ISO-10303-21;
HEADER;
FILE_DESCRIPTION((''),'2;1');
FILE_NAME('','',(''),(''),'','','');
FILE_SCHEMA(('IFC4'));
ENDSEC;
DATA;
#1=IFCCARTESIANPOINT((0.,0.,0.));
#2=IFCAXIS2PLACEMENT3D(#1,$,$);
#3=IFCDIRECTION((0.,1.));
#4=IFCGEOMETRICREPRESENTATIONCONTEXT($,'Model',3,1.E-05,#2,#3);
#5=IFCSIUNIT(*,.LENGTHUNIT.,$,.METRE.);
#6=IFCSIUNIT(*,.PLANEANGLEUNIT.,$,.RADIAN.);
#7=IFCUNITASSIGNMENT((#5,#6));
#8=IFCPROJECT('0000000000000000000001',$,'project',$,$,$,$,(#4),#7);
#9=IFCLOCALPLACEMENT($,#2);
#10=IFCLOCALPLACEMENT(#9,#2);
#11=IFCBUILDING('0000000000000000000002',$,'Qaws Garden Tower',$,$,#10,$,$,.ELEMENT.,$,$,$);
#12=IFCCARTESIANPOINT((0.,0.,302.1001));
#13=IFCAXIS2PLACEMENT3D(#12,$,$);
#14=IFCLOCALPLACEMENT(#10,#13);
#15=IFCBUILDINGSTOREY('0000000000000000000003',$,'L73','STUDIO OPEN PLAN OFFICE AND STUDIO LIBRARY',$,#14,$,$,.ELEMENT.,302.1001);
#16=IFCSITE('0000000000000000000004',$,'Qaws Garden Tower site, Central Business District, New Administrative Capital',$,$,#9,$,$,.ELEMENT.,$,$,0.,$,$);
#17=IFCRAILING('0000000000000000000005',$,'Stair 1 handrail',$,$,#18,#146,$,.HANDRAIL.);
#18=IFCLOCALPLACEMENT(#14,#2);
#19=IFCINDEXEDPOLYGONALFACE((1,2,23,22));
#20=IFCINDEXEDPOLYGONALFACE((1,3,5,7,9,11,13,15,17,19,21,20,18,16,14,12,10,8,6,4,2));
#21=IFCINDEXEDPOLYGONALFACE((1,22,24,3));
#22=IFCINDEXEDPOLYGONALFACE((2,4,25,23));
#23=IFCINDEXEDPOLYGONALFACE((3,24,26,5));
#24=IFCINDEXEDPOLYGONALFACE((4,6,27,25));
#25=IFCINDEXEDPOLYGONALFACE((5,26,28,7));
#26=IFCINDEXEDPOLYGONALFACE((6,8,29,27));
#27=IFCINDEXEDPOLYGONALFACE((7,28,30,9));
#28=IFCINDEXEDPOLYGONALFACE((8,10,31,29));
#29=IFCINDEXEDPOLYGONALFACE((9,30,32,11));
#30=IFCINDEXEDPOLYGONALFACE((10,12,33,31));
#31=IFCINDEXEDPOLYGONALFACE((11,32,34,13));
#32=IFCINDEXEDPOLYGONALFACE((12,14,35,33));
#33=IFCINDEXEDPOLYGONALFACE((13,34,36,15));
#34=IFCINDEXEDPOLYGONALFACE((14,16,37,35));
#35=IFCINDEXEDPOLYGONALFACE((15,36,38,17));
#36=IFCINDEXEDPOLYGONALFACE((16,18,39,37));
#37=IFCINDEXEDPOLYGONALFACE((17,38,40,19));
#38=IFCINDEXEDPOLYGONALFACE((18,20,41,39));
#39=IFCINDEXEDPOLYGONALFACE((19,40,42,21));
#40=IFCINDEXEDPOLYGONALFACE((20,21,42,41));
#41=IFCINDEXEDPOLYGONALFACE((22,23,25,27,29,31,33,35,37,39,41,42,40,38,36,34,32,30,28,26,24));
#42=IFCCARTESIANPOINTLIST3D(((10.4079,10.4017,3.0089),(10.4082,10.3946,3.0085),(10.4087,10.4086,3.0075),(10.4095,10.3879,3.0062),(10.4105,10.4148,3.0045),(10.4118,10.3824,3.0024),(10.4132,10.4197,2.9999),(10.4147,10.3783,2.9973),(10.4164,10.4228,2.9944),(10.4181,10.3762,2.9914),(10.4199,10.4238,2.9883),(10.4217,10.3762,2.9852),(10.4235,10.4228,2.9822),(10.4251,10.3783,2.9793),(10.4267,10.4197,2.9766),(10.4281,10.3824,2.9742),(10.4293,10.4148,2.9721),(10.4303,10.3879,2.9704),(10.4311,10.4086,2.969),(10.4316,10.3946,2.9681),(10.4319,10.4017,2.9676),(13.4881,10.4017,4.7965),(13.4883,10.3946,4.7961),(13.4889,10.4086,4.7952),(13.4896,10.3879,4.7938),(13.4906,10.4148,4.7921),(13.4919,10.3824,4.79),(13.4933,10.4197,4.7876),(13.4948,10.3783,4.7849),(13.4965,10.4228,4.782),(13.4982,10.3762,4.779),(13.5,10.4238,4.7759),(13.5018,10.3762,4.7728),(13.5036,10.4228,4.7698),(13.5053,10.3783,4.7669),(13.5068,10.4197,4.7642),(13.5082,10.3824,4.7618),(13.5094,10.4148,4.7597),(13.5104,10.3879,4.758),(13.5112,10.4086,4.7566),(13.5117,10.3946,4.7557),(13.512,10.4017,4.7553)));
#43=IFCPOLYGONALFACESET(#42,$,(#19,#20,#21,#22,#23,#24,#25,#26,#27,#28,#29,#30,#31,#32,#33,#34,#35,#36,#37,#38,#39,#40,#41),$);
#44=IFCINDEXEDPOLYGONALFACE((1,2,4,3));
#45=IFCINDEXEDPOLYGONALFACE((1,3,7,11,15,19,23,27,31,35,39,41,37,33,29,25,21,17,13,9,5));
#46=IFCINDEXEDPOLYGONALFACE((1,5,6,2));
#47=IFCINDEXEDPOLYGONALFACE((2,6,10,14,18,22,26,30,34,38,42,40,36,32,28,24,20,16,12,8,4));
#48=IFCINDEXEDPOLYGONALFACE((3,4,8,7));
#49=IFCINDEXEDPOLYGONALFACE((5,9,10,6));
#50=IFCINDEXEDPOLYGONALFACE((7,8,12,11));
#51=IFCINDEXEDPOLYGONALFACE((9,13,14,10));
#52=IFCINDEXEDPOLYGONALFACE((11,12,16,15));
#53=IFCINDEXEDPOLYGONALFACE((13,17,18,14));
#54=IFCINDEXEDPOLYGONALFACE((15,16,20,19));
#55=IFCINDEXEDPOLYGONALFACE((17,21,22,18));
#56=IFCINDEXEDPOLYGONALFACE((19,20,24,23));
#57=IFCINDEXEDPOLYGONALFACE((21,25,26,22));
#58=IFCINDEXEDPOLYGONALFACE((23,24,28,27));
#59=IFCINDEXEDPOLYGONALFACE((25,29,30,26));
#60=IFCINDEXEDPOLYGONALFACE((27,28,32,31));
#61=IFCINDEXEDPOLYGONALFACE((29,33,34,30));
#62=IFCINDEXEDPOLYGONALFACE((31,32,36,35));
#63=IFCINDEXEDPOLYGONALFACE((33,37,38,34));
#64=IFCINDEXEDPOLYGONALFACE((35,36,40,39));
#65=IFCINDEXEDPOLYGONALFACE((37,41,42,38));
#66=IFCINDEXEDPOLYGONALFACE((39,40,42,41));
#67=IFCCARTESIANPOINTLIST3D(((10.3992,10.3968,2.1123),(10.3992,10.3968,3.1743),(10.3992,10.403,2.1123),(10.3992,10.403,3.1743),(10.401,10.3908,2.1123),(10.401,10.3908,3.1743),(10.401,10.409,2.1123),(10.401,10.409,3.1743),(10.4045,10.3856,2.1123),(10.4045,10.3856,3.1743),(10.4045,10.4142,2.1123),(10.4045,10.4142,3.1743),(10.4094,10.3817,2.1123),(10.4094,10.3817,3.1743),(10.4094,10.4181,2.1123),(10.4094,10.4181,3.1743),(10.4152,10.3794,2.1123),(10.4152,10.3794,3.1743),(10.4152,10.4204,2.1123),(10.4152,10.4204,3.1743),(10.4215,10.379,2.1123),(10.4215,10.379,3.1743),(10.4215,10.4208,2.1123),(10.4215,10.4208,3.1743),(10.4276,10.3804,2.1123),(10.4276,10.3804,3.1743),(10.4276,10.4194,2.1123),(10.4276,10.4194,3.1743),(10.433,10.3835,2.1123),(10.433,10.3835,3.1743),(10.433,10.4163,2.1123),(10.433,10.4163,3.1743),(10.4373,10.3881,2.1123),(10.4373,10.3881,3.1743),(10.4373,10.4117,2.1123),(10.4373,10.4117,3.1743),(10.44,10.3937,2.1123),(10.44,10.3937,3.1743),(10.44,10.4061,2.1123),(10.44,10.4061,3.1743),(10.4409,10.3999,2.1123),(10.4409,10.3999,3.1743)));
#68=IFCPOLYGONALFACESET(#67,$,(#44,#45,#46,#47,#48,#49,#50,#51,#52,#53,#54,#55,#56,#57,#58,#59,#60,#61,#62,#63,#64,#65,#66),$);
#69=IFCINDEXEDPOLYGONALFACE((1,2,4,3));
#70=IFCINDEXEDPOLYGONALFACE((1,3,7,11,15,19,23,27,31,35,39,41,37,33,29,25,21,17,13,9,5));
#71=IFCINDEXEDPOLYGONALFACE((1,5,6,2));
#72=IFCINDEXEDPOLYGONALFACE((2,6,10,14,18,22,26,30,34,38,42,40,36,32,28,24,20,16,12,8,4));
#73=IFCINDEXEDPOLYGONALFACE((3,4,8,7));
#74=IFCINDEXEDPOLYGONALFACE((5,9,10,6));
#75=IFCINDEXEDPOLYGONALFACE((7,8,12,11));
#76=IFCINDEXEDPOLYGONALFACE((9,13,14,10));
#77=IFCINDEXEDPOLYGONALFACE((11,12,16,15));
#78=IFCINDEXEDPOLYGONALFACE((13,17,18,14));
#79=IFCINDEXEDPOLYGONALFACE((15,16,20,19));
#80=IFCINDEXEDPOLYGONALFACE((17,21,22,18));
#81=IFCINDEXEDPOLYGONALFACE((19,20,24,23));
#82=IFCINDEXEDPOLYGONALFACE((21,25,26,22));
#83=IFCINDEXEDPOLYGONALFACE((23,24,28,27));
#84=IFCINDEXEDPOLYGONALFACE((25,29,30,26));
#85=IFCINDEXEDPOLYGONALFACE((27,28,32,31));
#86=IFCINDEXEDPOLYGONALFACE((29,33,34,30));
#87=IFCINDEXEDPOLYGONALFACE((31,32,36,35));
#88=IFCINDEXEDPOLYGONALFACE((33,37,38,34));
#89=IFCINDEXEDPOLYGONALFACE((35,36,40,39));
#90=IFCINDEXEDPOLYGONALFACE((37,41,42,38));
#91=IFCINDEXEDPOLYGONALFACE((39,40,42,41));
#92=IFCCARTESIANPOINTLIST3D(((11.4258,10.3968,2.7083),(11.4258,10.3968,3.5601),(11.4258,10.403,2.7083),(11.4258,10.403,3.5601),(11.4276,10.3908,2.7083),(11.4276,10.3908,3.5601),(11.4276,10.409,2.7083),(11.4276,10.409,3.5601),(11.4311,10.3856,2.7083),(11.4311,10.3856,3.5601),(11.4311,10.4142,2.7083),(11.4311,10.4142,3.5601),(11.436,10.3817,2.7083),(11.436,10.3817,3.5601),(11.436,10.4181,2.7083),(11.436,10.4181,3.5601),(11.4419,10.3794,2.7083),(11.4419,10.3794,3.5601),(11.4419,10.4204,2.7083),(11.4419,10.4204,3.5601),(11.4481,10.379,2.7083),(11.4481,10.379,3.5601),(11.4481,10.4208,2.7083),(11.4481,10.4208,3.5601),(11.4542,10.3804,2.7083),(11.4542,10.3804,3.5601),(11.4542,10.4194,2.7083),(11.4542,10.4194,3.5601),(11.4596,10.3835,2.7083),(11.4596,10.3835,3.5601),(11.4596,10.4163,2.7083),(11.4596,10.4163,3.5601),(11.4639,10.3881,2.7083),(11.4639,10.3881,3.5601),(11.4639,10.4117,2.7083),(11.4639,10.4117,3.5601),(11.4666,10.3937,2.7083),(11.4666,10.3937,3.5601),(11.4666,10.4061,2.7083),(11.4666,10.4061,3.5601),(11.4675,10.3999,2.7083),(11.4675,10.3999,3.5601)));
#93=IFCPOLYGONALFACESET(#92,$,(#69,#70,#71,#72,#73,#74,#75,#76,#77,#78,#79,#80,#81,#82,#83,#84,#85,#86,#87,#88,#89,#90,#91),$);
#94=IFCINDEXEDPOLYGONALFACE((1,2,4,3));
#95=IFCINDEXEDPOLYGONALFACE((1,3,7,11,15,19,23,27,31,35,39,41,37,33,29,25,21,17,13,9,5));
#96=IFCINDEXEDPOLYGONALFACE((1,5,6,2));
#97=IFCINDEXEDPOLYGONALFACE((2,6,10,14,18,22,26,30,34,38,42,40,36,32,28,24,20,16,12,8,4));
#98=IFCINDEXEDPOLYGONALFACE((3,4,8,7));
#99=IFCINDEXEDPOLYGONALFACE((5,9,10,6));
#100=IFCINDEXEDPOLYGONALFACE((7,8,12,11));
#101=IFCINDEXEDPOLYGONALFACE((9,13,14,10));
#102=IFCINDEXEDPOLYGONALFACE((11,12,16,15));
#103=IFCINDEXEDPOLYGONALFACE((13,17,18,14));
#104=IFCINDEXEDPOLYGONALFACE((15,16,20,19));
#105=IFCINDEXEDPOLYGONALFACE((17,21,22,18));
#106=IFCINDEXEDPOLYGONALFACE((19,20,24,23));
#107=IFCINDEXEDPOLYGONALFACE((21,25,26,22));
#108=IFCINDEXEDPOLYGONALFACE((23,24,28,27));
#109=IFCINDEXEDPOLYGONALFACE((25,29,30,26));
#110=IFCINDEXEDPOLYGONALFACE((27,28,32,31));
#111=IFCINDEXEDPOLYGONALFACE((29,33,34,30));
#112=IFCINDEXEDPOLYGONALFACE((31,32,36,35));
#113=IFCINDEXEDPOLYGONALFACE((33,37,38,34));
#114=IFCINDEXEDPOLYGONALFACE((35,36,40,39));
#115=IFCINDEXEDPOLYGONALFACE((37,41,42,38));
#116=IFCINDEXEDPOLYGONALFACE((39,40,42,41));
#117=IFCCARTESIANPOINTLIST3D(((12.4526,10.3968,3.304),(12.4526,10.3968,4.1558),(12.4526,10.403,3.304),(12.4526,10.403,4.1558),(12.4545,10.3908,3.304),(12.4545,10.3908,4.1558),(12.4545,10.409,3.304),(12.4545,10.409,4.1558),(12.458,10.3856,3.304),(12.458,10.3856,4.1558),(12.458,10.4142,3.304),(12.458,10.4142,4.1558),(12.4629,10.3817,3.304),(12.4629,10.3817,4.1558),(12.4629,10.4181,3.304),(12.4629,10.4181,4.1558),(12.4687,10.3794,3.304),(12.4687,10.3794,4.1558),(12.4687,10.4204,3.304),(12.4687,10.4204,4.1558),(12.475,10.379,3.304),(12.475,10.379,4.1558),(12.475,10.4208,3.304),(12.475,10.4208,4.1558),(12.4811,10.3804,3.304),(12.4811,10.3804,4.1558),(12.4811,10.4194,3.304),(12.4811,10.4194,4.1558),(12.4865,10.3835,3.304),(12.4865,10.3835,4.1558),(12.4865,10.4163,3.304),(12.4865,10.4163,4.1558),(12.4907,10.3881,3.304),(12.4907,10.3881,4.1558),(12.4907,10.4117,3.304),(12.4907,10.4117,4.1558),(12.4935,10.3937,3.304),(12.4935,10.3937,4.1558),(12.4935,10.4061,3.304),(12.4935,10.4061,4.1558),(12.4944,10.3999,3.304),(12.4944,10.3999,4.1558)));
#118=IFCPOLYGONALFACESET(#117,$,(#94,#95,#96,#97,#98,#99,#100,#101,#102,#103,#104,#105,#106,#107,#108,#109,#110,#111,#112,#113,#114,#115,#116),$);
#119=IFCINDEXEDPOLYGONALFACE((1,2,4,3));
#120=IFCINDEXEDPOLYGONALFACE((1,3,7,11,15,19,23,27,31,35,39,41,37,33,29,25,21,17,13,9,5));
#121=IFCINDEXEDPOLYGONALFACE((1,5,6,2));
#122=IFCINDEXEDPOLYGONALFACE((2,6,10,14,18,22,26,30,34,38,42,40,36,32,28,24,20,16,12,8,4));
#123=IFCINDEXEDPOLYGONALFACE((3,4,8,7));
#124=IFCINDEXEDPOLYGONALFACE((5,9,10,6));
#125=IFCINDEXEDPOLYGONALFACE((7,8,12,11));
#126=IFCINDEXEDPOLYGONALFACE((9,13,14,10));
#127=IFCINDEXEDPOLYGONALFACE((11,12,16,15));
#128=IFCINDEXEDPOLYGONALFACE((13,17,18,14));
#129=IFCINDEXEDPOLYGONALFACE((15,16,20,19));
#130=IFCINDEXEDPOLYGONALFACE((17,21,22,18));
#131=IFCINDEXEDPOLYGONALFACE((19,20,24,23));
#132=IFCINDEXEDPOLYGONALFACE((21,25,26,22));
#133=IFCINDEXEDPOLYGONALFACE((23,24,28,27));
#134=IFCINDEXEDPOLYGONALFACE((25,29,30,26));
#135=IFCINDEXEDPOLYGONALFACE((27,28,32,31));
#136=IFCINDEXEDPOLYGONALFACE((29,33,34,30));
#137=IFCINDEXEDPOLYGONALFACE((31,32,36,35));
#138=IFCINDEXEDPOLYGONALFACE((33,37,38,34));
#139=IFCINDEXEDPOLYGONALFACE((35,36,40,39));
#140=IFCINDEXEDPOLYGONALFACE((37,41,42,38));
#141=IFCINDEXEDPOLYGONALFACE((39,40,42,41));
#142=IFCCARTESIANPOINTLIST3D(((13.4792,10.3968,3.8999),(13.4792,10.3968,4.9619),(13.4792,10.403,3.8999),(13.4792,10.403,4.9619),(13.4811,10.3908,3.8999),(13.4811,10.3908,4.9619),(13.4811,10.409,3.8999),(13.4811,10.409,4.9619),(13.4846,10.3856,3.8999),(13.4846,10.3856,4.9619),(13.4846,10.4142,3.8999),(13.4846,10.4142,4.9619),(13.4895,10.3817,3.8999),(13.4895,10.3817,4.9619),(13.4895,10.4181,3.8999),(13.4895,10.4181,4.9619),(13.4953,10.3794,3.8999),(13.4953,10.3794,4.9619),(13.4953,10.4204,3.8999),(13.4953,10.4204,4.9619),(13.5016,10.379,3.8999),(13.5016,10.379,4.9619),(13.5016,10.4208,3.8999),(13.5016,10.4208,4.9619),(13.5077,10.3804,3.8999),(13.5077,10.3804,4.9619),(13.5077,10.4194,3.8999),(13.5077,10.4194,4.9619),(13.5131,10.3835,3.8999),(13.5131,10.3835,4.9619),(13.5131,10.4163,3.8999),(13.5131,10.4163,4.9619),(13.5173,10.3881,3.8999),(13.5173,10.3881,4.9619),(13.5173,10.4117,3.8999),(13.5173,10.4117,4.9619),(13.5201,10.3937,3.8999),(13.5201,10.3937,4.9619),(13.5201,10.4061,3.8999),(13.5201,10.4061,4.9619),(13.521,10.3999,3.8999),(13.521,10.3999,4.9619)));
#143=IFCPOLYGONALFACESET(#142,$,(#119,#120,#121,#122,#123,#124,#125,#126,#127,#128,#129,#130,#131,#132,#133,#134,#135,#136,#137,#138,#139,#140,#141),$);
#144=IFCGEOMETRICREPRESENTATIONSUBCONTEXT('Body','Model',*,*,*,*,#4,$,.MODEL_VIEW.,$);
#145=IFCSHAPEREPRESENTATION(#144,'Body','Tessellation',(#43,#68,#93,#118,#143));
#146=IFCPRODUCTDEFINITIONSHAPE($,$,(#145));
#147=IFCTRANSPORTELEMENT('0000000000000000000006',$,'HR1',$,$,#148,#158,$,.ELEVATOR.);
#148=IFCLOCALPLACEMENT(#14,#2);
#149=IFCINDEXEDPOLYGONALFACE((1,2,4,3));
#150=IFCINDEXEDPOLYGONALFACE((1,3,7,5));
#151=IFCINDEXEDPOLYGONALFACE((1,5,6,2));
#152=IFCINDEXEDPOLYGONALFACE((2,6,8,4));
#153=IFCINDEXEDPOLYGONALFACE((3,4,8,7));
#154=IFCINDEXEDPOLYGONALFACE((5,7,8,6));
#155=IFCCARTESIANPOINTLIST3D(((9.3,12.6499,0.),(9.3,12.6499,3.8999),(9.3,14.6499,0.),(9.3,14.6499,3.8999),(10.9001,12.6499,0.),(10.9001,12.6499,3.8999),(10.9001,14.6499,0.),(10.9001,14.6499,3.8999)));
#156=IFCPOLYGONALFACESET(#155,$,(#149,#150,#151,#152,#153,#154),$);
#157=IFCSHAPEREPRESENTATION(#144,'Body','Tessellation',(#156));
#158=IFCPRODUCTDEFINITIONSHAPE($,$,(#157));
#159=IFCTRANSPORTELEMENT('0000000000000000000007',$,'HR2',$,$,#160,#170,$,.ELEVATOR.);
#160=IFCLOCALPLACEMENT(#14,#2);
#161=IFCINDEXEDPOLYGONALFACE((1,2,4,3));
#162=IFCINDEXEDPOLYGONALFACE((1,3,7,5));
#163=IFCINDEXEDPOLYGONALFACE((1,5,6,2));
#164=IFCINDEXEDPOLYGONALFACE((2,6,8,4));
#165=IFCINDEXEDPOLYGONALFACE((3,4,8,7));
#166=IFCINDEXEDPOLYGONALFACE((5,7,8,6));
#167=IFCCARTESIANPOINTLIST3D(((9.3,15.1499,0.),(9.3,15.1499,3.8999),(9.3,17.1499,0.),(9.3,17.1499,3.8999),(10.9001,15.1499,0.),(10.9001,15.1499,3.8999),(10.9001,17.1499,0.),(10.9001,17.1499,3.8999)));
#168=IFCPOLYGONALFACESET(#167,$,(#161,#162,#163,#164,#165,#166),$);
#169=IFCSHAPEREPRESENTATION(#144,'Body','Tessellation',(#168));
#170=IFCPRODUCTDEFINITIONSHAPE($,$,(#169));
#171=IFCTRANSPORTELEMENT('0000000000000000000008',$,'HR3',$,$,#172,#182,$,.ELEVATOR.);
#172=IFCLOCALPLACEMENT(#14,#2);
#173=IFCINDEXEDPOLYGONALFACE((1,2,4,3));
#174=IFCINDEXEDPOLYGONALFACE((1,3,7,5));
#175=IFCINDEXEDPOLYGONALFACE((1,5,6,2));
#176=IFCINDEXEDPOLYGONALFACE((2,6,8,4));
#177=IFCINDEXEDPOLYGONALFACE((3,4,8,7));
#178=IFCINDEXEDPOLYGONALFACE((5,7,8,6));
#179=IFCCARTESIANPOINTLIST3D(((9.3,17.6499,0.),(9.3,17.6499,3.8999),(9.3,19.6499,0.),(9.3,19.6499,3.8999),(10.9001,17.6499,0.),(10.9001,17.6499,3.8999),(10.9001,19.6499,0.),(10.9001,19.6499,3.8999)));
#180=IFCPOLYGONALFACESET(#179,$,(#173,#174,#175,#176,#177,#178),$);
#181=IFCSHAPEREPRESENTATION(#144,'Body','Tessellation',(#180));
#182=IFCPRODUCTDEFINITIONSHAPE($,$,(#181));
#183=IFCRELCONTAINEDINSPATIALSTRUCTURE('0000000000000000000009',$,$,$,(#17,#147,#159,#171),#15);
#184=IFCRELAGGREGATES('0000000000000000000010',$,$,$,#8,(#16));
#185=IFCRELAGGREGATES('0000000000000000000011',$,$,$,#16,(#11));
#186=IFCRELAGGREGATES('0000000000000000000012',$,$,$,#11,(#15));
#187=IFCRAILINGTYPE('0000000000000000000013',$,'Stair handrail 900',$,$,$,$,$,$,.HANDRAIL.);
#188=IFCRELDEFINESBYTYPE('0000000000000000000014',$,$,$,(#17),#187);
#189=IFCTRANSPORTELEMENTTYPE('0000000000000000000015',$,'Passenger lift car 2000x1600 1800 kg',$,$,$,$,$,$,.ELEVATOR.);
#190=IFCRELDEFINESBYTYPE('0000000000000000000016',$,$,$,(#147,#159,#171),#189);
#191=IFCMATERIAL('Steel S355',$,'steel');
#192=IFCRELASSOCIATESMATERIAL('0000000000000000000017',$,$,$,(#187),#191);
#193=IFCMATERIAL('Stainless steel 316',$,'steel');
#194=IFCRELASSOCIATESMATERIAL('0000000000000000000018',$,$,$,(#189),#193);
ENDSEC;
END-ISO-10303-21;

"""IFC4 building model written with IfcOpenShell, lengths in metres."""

from ifc_helpers import new_model, si_unit, direction, frame, origin, origin_2d, place, context, subcontext, project, spatial, rectangle, circle, extrude, material, type_object, element, save


model = new_model("IFC4")

# Units and contexts
model_context = context("Model", 3, precision=1e-05, world=origin(), true_north=direction((0.0, 1.0)))
body_context = subcontext(model_context, "Body", "Model", "MODEL_VIEW")
ifc_project = project(units=[si_unit("LENGTHUNIT", "METRE"), si_unit("PLANEANGLEUNIT", "RADIAN")], contexts=[model_context])

# Site, building, storey
site_placement = place(None, origin())
site = spatial("IfcSite", under=ifc_project, at=site_placement, Name="Qaws Garden Tower site, Central Business District, New Administrative Capital", CompositionType="ELEMENT", RefElevation=0.0)
building_placement = place(site_placement, origin())
building = spatial("IfcBuilding", under=site, at=building_placement, Name="Qaws Garden Tower", CompositionType="ELEMENT")
storey_placement = place(building_placement, frame((0.0, 0.0, 302.1001)))
storey = spatial("IfcBuildingStorey", under=building, at=storey_placement, Name="L73", Description="STUDIO OPEN PLAN OFFICE AND STUDIO LIBRARY", CompositionType="ELEMENT", Elevation=302.1001)

# Railing
ifc_material_1 = material(Name="Steel S355", Category="steel")
railing_type = type_object("IfcRailingType", Name="Stair handrail 900", PredefinedType="HANDRAIL", material=ifc_material_1)
railing_placement = place(storey_placement, frame((10.4199, 10.3999, 2.1123)))
element("IfcRailing", 1, at=railing_placement, inside=storey, type_object=railing_type, Name="Stair 1 handrail", PredefinedType="HANDRAIL", context=body_context, shape_type="SweptSolid", body=[
    extrude(circle(Radius=0.0239, at=origin_2d()), frame((0.0, 0.0, 0.876), z_axis=(0.864891, 0.0, 0.50196), x_axis=(0.0, 1.0, 0.0)), (0.0, 0.0, 1.0), 3.5613),
    extrude(circle(Radius=0.021, at=origin_2d()), origin(), (0.0, 0.0, 1.0), 1.062),
    extrude(circle(Radius=0.021, at=origin_2d()), frame((1.0266, 0.0, 0.5959)), (0.0, 0.0, 1.0), 0.8518),
    extrude(circle(Radius=0.021, at=origin_2d()), frame((2.0535, 0.0, 1.1917)), (0.0, 0.0, 1.0), 0.8518),
    extrude(circle(Radius=0.021, at=origin_2d()), frame((3.0801, 0.0, 1.7876)), (0.0, 0.0, 1.0), 1.062),
])

# Transport elements
ifc_material_2 = material(Name="Stainless steel 316", Category="steel")
transport_element_type = type_object("IfcTransportElementType", Name="Passenger lift car 2000x1600 1800 kg", PredefinedType="ELEVATOR", material=ifc_material_2)
for number, where, z_axis, x_axis, name in (
    (2, (10.1001, 13.6499, 0.0), (0.0, 0.0, 1.0), (1.0, 0.0, 0.0), "HR1"),
    (3, (10.1001, 16.1499, 0.0), (0.0, 0.0, 1.0), (1.0, 0.0, 0.0), "HR2"),
    (4, (10.1001, 18.6499, 0.0), (0.0, 0.0, 1.0), (1.0, 0.0, 0.0), "HR3"),
):
    element("IfcTransportElement", number, at=place(storey_placement, frame(where, z_axis=z_axis, x_axis=x_axis)), inside=storey, type_object=transport_element_type, Name=name, PredefinedType="ELEVATOR", context=body_context, shape_type="SweptSolid", body=[
        extrude(rectangle(XDim=1.6001, YDim=2.0, at=origin_2d()), origin(), (0.0, 0.0, 1.0), 3.8999),
    ])

save(model, "model.ifc")
